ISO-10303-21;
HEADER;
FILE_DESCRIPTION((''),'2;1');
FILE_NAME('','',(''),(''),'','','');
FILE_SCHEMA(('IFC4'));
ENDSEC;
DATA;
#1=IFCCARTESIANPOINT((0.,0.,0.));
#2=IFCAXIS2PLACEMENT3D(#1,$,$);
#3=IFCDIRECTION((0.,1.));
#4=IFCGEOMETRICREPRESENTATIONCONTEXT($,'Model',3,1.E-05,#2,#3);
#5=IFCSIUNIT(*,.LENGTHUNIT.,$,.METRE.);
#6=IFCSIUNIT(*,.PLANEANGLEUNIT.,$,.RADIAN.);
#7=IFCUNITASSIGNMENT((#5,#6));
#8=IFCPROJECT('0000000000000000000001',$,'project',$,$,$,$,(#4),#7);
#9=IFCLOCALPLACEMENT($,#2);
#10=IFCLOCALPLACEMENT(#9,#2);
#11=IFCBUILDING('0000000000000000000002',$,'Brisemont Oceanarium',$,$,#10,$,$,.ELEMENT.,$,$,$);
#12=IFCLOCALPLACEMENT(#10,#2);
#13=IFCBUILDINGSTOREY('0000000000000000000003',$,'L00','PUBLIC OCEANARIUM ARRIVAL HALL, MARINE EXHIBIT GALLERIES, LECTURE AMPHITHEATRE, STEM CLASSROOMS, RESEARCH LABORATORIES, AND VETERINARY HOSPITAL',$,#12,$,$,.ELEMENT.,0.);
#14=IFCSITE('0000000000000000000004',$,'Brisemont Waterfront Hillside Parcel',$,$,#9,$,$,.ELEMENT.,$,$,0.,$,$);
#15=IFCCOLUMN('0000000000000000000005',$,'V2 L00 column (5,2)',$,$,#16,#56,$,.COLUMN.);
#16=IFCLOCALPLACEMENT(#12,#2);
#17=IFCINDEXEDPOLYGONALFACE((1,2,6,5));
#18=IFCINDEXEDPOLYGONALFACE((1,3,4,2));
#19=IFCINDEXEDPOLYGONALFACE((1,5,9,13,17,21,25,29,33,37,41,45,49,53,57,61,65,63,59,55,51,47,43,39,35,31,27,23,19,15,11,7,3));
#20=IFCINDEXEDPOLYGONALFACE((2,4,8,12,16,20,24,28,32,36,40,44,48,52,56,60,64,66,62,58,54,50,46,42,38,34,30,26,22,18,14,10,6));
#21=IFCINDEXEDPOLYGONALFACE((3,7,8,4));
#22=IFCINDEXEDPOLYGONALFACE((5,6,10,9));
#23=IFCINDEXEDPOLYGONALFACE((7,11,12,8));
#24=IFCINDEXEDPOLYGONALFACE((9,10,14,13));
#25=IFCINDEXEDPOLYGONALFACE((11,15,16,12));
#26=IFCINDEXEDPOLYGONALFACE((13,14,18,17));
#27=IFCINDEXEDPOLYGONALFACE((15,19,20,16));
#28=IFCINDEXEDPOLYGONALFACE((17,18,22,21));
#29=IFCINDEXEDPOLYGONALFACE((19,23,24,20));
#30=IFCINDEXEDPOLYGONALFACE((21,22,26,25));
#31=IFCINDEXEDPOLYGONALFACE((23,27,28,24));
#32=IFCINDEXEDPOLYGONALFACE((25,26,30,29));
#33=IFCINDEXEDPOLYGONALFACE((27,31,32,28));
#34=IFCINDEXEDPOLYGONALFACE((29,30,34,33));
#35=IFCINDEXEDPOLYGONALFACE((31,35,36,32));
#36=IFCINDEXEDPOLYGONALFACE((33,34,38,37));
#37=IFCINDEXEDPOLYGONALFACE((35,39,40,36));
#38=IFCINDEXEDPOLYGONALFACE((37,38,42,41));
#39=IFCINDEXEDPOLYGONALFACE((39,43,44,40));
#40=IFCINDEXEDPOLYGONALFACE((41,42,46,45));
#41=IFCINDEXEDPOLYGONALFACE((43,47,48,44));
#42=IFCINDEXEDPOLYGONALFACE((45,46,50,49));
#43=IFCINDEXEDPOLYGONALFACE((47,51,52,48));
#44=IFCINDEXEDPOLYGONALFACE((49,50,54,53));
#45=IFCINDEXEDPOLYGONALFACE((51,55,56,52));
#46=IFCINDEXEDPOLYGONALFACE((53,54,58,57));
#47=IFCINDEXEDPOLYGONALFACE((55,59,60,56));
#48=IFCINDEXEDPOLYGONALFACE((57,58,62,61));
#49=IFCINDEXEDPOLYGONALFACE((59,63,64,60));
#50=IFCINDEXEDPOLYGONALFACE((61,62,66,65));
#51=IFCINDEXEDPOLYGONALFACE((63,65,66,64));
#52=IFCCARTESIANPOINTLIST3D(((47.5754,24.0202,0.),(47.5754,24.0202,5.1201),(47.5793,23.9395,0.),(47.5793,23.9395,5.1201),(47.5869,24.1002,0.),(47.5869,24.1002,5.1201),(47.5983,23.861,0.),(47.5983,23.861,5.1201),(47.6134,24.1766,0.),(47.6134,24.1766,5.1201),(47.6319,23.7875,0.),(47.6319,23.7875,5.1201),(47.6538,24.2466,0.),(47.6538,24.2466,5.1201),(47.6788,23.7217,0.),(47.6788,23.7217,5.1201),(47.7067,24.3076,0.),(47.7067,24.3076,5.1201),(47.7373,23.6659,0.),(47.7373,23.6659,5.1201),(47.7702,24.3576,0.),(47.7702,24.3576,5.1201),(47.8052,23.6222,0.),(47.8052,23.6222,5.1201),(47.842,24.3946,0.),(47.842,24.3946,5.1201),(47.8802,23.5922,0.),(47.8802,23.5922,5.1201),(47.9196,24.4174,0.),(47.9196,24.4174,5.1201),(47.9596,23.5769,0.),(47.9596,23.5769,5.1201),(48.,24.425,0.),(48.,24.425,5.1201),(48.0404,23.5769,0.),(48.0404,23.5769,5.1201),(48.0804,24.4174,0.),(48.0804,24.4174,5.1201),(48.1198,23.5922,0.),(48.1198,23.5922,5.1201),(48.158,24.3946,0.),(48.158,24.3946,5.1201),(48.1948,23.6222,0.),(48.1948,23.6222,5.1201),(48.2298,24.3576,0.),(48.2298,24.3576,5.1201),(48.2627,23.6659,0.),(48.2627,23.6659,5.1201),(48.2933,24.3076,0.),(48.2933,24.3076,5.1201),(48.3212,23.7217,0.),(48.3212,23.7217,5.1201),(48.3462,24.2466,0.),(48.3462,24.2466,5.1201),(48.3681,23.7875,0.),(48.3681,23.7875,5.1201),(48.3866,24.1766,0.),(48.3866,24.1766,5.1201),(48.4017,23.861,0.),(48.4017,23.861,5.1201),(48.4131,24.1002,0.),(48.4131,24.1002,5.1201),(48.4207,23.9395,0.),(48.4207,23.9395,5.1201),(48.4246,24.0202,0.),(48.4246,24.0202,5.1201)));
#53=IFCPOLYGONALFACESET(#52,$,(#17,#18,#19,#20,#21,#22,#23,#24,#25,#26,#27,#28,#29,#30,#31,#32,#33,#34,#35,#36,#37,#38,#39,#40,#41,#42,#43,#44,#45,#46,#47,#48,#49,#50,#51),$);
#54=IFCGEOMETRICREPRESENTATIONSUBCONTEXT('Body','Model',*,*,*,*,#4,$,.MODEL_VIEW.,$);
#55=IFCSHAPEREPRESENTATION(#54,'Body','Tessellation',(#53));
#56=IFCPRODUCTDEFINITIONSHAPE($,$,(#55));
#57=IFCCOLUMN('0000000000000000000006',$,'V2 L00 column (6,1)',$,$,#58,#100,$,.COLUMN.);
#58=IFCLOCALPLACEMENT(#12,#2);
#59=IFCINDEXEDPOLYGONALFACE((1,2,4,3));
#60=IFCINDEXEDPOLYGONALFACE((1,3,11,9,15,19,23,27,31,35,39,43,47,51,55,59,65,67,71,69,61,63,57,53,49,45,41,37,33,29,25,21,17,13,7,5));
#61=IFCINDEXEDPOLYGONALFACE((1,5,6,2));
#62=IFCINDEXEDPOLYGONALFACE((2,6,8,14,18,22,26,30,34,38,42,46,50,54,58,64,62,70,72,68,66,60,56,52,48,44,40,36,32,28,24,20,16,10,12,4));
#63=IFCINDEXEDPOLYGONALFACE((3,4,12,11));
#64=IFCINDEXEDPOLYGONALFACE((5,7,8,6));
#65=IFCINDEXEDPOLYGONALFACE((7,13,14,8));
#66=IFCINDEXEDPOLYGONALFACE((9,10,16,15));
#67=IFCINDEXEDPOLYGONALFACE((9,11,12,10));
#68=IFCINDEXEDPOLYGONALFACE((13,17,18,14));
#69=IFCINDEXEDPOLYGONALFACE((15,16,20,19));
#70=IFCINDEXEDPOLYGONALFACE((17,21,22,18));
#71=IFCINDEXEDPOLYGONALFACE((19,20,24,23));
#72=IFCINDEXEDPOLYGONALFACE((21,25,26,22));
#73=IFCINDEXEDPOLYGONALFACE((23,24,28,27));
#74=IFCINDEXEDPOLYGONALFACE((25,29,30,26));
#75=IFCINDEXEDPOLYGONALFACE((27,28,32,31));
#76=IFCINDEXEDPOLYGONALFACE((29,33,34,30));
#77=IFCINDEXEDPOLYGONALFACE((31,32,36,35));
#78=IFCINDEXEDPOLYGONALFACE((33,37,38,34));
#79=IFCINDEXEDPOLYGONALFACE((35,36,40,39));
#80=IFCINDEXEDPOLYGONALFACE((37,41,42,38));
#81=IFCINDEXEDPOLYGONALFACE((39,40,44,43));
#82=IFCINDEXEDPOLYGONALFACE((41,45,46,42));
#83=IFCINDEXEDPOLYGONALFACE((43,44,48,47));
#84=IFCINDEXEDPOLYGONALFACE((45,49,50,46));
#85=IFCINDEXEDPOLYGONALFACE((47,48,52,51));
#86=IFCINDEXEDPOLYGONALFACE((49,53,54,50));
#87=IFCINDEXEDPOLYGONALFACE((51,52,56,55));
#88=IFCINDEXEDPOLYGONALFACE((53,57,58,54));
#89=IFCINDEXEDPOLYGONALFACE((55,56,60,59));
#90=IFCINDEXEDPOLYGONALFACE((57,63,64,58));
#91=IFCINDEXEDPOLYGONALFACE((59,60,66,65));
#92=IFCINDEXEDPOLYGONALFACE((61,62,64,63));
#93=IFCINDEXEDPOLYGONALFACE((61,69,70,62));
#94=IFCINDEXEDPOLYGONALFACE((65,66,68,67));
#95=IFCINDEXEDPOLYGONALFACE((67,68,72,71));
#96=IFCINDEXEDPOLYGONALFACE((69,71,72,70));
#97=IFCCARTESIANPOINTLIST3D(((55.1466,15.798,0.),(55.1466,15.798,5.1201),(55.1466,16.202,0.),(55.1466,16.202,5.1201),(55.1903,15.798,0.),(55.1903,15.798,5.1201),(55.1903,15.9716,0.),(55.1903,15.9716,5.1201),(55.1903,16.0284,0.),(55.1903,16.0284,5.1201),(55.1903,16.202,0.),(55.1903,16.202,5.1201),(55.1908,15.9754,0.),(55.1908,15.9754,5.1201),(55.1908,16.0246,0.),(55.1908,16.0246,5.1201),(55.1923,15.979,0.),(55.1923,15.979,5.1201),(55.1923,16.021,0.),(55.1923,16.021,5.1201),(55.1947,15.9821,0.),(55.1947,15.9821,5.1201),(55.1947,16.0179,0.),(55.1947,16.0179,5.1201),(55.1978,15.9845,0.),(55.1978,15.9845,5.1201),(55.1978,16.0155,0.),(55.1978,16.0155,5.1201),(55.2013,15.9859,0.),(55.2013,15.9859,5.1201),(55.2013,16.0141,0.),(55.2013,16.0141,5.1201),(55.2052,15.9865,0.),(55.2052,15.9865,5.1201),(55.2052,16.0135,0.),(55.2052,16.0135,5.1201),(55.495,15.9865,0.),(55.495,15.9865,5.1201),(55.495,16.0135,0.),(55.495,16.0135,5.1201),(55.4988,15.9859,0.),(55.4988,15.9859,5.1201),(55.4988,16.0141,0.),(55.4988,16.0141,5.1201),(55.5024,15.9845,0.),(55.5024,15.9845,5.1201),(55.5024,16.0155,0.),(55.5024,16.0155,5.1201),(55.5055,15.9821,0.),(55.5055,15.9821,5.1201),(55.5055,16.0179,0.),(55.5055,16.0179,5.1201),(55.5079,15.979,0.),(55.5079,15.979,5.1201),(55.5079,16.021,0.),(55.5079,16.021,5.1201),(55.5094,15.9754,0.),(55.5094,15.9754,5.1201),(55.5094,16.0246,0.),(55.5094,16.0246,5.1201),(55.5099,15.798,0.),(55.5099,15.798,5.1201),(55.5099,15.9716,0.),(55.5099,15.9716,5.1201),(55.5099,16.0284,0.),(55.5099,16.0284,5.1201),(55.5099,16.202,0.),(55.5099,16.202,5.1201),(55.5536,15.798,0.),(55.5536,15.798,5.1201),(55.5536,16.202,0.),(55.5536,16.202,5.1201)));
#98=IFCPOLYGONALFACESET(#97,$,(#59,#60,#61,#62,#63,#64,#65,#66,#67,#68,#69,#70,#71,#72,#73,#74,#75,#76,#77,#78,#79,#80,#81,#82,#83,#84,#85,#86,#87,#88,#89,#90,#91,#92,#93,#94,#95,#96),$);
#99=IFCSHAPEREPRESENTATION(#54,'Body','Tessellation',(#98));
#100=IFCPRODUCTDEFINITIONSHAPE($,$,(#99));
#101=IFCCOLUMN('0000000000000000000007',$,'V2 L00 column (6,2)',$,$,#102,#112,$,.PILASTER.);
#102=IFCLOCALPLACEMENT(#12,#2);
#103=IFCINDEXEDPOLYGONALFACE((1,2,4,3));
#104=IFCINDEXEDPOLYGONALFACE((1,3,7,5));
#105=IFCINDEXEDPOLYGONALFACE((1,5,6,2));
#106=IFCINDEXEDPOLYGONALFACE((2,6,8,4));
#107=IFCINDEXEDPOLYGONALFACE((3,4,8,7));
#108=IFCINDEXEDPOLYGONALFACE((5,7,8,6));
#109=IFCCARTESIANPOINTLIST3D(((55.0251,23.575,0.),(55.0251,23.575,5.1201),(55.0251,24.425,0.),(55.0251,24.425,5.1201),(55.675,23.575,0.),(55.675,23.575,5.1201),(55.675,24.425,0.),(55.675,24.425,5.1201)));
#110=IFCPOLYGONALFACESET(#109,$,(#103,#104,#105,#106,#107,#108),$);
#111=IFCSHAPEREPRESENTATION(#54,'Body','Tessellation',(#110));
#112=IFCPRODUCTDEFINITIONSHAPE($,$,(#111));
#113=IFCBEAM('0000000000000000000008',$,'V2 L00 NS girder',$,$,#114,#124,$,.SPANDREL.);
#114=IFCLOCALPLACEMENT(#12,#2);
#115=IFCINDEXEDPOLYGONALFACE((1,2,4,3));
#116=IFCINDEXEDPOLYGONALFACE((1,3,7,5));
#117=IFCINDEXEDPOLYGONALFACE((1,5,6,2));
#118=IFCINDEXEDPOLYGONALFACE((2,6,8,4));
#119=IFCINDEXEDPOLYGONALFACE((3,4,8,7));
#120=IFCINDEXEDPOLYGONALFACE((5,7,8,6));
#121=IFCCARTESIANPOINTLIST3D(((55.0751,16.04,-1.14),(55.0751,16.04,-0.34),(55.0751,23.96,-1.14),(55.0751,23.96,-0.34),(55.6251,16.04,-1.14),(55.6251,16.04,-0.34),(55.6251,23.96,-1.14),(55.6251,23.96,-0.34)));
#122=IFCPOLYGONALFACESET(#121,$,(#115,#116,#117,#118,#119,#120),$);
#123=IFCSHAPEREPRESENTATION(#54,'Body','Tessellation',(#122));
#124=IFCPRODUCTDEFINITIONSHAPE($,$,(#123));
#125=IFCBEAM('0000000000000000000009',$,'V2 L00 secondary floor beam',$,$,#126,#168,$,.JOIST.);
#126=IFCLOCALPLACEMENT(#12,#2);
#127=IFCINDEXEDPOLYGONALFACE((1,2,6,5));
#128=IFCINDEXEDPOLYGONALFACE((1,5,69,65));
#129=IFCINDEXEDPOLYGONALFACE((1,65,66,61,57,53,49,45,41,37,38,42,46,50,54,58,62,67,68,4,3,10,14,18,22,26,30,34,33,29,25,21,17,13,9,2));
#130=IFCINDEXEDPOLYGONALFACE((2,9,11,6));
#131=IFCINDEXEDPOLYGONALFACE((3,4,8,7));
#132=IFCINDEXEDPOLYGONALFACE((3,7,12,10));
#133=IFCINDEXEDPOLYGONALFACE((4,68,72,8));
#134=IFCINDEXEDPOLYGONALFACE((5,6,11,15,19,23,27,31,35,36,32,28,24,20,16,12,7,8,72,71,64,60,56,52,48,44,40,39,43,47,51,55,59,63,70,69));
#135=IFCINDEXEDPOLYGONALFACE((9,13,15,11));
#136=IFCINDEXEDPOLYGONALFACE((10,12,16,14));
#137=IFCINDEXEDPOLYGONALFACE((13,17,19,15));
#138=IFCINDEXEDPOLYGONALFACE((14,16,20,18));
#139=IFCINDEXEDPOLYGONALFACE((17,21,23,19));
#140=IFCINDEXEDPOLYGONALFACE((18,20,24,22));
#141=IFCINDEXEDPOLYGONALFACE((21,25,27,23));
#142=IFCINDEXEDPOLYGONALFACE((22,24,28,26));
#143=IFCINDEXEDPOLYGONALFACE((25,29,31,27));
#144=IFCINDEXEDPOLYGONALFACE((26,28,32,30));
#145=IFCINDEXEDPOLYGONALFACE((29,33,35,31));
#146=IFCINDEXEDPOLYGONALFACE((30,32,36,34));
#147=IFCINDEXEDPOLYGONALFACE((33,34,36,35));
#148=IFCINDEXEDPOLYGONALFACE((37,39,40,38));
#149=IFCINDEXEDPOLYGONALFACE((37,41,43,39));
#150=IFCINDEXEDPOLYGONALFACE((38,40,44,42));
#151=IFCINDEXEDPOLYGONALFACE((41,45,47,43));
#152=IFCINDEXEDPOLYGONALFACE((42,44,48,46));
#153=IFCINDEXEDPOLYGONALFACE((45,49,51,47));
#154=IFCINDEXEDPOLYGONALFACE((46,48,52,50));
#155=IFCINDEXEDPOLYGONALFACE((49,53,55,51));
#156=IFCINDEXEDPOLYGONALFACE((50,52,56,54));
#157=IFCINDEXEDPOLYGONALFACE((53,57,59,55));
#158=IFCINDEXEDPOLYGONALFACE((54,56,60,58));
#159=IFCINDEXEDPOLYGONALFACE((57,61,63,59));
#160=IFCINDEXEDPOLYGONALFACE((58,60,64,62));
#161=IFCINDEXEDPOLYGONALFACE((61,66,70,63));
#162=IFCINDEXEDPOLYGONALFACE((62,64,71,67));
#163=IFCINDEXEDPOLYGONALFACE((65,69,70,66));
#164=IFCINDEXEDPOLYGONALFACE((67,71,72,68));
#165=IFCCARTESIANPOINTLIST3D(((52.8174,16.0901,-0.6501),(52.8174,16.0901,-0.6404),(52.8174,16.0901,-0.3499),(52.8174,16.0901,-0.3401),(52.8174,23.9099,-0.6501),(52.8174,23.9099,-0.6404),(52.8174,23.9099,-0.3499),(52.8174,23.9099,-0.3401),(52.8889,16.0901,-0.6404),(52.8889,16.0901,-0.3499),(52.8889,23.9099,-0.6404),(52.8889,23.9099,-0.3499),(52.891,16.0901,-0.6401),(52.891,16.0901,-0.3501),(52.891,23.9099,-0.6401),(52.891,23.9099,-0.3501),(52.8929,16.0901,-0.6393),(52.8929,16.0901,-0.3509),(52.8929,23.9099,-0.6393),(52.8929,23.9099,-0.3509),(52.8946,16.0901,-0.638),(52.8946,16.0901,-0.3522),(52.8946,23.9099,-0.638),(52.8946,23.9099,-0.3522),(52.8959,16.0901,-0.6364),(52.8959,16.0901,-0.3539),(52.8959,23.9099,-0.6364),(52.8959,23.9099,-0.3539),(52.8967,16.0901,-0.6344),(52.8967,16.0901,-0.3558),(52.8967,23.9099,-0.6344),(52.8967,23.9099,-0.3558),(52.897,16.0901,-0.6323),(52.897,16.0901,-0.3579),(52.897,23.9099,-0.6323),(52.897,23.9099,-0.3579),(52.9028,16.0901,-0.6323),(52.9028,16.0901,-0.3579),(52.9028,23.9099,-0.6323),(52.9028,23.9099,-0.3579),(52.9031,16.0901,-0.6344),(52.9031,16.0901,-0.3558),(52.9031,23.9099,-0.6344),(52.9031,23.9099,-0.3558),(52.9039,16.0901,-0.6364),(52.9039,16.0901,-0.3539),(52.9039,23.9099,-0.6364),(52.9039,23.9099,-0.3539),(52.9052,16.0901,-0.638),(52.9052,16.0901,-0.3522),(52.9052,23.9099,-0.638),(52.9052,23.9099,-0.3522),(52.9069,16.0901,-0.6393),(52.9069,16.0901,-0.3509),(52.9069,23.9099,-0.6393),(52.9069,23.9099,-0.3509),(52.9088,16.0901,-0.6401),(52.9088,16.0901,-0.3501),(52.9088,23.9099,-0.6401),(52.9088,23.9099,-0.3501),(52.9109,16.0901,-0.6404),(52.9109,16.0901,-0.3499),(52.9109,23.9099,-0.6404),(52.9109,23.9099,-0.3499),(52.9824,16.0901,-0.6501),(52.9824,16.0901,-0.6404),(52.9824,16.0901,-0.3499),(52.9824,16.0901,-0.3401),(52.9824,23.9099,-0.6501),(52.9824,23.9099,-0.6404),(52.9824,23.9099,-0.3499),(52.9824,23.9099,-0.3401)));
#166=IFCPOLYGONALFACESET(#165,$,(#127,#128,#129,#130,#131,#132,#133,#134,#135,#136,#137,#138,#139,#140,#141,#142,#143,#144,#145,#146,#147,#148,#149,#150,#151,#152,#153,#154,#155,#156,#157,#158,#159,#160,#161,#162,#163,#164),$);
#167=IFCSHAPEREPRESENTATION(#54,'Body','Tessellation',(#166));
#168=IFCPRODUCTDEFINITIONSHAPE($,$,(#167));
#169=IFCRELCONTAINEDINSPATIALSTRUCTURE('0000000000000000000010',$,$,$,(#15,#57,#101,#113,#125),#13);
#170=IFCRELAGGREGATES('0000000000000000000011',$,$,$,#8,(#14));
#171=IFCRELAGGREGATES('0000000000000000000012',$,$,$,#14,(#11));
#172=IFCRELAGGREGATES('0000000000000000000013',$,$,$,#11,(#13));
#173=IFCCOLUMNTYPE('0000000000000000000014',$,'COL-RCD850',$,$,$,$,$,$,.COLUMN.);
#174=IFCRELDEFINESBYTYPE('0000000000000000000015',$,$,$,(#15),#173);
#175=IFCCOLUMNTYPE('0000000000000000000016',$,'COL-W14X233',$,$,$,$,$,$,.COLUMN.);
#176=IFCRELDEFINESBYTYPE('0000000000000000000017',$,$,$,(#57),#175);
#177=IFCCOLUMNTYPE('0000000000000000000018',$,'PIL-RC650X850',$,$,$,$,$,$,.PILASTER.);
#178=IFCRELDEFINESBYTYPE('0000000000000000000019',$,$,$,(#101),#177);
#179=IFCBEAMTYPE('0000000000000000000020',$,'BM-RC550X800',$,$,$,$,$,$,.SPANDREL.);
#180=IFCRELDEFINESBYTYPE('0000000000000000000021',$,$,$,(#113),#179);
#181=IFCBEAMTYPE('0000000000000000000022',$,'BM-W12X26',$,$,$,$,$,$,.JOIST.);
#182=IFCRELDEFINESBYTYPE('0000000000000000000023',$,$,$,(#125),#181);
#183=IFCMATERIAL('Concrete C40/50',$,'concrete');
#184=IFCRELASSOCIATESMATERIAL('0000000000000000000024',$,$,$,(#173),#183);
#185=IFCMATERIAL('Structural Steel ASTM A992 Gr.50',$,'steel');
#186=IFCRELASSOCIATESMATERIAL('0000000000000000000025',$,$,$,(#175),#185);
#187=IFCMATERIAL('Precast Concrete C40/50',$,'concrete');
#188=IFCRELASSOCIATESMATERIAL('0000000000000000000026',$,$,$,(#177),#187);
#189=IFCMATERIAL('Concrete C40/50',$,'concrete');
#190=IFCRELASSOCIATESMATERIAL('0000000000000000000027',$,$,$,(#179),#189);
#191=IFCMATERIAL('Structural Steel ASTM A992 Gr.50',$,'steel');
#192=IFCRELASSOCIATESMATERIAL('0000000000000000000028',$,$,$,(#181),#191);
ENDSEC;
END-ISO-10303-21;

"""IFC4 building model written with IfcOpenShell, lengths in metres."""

from ifc_helpers import new_model, si_unit, direction, frame, origin, origin_2d, place, context, subcontext, project, spatial, rectangle, circle, i_section, extrude, material, material_profile, profile_set, type_object, element, save


model = new_model("IFC4")

# Units and contexts
model_context = context("Model", 3, precision=1e-05, world=origin(), true_north=direction((0.0, 1.0)))
body_context = subcontext(model_context, "Body", "Model", "MODEL_VIEW")
ifc_project = project(units=[si_unit("LENGTHUNIT", "METRE"), si_unit("PLANEANGLEUNIT", "RADIAN")], contexts=[model_context])

# Site, building, storey
site_placement = place(None, origin())
site = spatial("IfcSite", under=ifc_project, at=site_placement, Name="Brisemont Waterfront Hillside Parcel", CompositionType="ELEMENT", RefElevation=0.0)
building_placement = place(site_placement, origin())
building = spatial("IfcBuilding", under=site, at=building_placement, Name="Brisemont Oceanarium", CompositionType="ELEMENT")
storey_placement = place(building_placement, origin())
storey = spatial("IfcBuildingStorey", under=building, at=storey_placement, Name="L00", Description="PUBLIC OCEANARIUM ARRIVAL HALL, MARINE EXHIBIT GALLERIES, LECTURE AMPHITHEATRE, STEM CLASSROOMS, RESEARCH LABORATORIES, AND VETERINARY HOSPITAL", CompositionType="ELEMENT", Elevation=0.0)

# Columns
ifc_material_1 = material(Name="Concrete C40/50", Category="concrete")
ifc_material_profile_1 = material_profile(ifc_material_1, circle(Radius=0.425, at=origin_2d()), Name="RC-COL-D850")
ifc_profile_set_1 = profile_set([ifc_material_profile_1], Name="Concrete C40/50")
column_type_1 = type_object("IfcColumnType", Name="COL-RCD850", PredefinedType="COLUMN", material=ifc_profile_set_1)
column_1_placement = place(storey_placement, frame((48.0, 24.0, 0.0), z_axis=(0.0, 0.0, 1.0), x_axis=(0.0, 1.0, 0.0)))
element("IfcColumn", 1, at=column_1_placement, inside=storey, type_object=column_type_1, Name="V2 L00 column (5,2)", PredefinedType="COLUMN", context=body_context, shape_type="SweptSolid", body=[
    extrude(circle(Radius=0.425, at=origin_2d()), origin(), (0.0, 0.0, 1.0), 5.1201),
])
ifc_material_2 = material(Name="Structural Steel ASTM A992 Gr.50", Category="steel")
ifc_material_profile_2 = material_profile(ifc_material_2, i_section(OverallWidth=0.4041, OverallDepth=0.407, WebThickness=0.0271, FlangeThickness=0.0437, FilletRadius=0.0149, at=origin_2d()), Name="W14X233")
ifc_profile_set_2 = profile_set([ifc_material_profile_2], Name="Structural Steel ASTM A992 Gr.50")
column_type_2 = type_object("IfcColumnType", Name="COL-W14X233", PredefinedType="COLUMN", material=ifc_profile_set_2)
column_2_placement = place(storey_placement, frame((55.3501, 16.0, 0.0), z_axis=(0.0, 0.0, 1.0), x_axis=(0.0, 1.0, 0.0)))
element("IfcColumn", 2, at=column_2_placement, inside=storey, type_object=column_type_2, Name="V2 L00 column (6,1)", PredefinedType="COLUMN", context=body_context, shape_type="SweptSolid", body=[
    extrude(i_section(OverallWidth=0.4041, OverallDepth=0.407, WebThickness=0.0271, FlangeThickness=0.0437, FilletRadius=0.0149, at=origin_2d()), origin(), (0.0, 0.0, 1.0), 5.1201),
])
ifc_material_3 = material(Name="Precast Concrete C40/50", Category="concrete")
ifc_material_profile_3 = material_profile(ifc_material_3, rectangle(XDim=0.6499, YDim=0.8501, at=origin_2d()), Name="RC-PIL-650X850")
ifc_profile_set_3 = profile_set([ifc_material_profile_3], Name="Precast Concrete C40/50")
column_type_3 = type_object("IfcColumnType", Name="PIL-RC650X850", PredefinedType="PILASTER", material=ifc_profile_set_3)
column_3_placement = place(storey_placement, frame((55.3501, 24.0, 0.0), z_axis=(0.0, 0.0, 1.0), x_axis=(1.0, 0.0, 0.0)))
element("IfcColumn", 3, at=column_3_placement, inside=storey, type_object=column_type_3, Name="V2 L00 column (6,2)", PredefinedType="PILASTER", context=body_context, shape_type="SweptSolid", body=[
    extrude(rectangle(XDim=0.6499, YDim=0.8501, at=origin_2d()), origin(), (0.0, 0.0, 1.0), 5.1201),
])

# Beams
ifc_material_4 = material(Name="Concrete C40/50", Category="concrete")
ifc_material_profile_4 = material_profile(ifc_material_4, rectangle(XDim=0.55, YDim=0.8, at=origin_2d()), Name="RC-BM-550X800")
ifc_profile_set_4 = profile_set([ifc_material_profile_4], Name="Concrete C40/50")
beam_type_1 = type_object("IfcBeamType", Name="BM-RC550X800", PredefinedType="SPANDREL", material=ifc_profile_set_4)
beam_1_placement = place(storey_placement, frame((55.3501, 16.04, -0.74), z_axis=(0.0, 1.0, 0.0), x_axis=(-1.0, 0.0, 0.0)))
element("IfcBeam", 4, at=beam_1_placement, inside=storey, type_object=beam_type_1, Name="V2 L00 NS girder", PredefinedType="SPANDREL", context=body_context, shape_type="SweptSolid", body=[
    extrude(rectangle(XDim=0.55, YDim=0.8, at=origin_2d()), origin(), (0.0, 0.0, 1.0), 7.9199),
])
ifc_material_5 = material(Name="Structural Steel ASTM A992 Gr.50", Category="steel")
ifc_material_profile_5 = material_profile(ifc_material_5, i_section(OverallWidth=0.165, OverallDepth=0.3101, WebThickness=0.0059, FlangeThickness=0.0098, FilletRadius=0.0081, at=origin_2d()), Name="W12X26")
ifc_profile_set_5 = profile_set([ifc_material_profile_5], Name="Structural Steel ASTM A992 Gr.50")
beam_type_2 = type_object("IfcBeamType", Name="BM-W12X26", PredefinedType="JOIST", material=ifc_profile_set_5)
beam_2_placement = place(storey_placement, frame((52.8999, 16.0901, -0.4951), z_axis=(0.0, 1.0, 0.0), x_axis=(-1.0, 0.0, 0.0)))
element("IfcBeam", 5, at=beam_2_placement, inside=storey, type_object=beam_type_2, Name="V2 L00 secondary floor beam", PredefinedType="JOIST", context=body_context, shape_type="SweptSolid", body=[
    extrude(i_section(OverallWidth=0.165, OverallDepth=0.3101, WebThickness=0.0059, FlangeThickness=0.0098, FilletRadius=0.0081, at=origin_2d()), origin(), (0.0, 0.0, 1.0), 7.8198),
])

save(model, "model.ifc")
